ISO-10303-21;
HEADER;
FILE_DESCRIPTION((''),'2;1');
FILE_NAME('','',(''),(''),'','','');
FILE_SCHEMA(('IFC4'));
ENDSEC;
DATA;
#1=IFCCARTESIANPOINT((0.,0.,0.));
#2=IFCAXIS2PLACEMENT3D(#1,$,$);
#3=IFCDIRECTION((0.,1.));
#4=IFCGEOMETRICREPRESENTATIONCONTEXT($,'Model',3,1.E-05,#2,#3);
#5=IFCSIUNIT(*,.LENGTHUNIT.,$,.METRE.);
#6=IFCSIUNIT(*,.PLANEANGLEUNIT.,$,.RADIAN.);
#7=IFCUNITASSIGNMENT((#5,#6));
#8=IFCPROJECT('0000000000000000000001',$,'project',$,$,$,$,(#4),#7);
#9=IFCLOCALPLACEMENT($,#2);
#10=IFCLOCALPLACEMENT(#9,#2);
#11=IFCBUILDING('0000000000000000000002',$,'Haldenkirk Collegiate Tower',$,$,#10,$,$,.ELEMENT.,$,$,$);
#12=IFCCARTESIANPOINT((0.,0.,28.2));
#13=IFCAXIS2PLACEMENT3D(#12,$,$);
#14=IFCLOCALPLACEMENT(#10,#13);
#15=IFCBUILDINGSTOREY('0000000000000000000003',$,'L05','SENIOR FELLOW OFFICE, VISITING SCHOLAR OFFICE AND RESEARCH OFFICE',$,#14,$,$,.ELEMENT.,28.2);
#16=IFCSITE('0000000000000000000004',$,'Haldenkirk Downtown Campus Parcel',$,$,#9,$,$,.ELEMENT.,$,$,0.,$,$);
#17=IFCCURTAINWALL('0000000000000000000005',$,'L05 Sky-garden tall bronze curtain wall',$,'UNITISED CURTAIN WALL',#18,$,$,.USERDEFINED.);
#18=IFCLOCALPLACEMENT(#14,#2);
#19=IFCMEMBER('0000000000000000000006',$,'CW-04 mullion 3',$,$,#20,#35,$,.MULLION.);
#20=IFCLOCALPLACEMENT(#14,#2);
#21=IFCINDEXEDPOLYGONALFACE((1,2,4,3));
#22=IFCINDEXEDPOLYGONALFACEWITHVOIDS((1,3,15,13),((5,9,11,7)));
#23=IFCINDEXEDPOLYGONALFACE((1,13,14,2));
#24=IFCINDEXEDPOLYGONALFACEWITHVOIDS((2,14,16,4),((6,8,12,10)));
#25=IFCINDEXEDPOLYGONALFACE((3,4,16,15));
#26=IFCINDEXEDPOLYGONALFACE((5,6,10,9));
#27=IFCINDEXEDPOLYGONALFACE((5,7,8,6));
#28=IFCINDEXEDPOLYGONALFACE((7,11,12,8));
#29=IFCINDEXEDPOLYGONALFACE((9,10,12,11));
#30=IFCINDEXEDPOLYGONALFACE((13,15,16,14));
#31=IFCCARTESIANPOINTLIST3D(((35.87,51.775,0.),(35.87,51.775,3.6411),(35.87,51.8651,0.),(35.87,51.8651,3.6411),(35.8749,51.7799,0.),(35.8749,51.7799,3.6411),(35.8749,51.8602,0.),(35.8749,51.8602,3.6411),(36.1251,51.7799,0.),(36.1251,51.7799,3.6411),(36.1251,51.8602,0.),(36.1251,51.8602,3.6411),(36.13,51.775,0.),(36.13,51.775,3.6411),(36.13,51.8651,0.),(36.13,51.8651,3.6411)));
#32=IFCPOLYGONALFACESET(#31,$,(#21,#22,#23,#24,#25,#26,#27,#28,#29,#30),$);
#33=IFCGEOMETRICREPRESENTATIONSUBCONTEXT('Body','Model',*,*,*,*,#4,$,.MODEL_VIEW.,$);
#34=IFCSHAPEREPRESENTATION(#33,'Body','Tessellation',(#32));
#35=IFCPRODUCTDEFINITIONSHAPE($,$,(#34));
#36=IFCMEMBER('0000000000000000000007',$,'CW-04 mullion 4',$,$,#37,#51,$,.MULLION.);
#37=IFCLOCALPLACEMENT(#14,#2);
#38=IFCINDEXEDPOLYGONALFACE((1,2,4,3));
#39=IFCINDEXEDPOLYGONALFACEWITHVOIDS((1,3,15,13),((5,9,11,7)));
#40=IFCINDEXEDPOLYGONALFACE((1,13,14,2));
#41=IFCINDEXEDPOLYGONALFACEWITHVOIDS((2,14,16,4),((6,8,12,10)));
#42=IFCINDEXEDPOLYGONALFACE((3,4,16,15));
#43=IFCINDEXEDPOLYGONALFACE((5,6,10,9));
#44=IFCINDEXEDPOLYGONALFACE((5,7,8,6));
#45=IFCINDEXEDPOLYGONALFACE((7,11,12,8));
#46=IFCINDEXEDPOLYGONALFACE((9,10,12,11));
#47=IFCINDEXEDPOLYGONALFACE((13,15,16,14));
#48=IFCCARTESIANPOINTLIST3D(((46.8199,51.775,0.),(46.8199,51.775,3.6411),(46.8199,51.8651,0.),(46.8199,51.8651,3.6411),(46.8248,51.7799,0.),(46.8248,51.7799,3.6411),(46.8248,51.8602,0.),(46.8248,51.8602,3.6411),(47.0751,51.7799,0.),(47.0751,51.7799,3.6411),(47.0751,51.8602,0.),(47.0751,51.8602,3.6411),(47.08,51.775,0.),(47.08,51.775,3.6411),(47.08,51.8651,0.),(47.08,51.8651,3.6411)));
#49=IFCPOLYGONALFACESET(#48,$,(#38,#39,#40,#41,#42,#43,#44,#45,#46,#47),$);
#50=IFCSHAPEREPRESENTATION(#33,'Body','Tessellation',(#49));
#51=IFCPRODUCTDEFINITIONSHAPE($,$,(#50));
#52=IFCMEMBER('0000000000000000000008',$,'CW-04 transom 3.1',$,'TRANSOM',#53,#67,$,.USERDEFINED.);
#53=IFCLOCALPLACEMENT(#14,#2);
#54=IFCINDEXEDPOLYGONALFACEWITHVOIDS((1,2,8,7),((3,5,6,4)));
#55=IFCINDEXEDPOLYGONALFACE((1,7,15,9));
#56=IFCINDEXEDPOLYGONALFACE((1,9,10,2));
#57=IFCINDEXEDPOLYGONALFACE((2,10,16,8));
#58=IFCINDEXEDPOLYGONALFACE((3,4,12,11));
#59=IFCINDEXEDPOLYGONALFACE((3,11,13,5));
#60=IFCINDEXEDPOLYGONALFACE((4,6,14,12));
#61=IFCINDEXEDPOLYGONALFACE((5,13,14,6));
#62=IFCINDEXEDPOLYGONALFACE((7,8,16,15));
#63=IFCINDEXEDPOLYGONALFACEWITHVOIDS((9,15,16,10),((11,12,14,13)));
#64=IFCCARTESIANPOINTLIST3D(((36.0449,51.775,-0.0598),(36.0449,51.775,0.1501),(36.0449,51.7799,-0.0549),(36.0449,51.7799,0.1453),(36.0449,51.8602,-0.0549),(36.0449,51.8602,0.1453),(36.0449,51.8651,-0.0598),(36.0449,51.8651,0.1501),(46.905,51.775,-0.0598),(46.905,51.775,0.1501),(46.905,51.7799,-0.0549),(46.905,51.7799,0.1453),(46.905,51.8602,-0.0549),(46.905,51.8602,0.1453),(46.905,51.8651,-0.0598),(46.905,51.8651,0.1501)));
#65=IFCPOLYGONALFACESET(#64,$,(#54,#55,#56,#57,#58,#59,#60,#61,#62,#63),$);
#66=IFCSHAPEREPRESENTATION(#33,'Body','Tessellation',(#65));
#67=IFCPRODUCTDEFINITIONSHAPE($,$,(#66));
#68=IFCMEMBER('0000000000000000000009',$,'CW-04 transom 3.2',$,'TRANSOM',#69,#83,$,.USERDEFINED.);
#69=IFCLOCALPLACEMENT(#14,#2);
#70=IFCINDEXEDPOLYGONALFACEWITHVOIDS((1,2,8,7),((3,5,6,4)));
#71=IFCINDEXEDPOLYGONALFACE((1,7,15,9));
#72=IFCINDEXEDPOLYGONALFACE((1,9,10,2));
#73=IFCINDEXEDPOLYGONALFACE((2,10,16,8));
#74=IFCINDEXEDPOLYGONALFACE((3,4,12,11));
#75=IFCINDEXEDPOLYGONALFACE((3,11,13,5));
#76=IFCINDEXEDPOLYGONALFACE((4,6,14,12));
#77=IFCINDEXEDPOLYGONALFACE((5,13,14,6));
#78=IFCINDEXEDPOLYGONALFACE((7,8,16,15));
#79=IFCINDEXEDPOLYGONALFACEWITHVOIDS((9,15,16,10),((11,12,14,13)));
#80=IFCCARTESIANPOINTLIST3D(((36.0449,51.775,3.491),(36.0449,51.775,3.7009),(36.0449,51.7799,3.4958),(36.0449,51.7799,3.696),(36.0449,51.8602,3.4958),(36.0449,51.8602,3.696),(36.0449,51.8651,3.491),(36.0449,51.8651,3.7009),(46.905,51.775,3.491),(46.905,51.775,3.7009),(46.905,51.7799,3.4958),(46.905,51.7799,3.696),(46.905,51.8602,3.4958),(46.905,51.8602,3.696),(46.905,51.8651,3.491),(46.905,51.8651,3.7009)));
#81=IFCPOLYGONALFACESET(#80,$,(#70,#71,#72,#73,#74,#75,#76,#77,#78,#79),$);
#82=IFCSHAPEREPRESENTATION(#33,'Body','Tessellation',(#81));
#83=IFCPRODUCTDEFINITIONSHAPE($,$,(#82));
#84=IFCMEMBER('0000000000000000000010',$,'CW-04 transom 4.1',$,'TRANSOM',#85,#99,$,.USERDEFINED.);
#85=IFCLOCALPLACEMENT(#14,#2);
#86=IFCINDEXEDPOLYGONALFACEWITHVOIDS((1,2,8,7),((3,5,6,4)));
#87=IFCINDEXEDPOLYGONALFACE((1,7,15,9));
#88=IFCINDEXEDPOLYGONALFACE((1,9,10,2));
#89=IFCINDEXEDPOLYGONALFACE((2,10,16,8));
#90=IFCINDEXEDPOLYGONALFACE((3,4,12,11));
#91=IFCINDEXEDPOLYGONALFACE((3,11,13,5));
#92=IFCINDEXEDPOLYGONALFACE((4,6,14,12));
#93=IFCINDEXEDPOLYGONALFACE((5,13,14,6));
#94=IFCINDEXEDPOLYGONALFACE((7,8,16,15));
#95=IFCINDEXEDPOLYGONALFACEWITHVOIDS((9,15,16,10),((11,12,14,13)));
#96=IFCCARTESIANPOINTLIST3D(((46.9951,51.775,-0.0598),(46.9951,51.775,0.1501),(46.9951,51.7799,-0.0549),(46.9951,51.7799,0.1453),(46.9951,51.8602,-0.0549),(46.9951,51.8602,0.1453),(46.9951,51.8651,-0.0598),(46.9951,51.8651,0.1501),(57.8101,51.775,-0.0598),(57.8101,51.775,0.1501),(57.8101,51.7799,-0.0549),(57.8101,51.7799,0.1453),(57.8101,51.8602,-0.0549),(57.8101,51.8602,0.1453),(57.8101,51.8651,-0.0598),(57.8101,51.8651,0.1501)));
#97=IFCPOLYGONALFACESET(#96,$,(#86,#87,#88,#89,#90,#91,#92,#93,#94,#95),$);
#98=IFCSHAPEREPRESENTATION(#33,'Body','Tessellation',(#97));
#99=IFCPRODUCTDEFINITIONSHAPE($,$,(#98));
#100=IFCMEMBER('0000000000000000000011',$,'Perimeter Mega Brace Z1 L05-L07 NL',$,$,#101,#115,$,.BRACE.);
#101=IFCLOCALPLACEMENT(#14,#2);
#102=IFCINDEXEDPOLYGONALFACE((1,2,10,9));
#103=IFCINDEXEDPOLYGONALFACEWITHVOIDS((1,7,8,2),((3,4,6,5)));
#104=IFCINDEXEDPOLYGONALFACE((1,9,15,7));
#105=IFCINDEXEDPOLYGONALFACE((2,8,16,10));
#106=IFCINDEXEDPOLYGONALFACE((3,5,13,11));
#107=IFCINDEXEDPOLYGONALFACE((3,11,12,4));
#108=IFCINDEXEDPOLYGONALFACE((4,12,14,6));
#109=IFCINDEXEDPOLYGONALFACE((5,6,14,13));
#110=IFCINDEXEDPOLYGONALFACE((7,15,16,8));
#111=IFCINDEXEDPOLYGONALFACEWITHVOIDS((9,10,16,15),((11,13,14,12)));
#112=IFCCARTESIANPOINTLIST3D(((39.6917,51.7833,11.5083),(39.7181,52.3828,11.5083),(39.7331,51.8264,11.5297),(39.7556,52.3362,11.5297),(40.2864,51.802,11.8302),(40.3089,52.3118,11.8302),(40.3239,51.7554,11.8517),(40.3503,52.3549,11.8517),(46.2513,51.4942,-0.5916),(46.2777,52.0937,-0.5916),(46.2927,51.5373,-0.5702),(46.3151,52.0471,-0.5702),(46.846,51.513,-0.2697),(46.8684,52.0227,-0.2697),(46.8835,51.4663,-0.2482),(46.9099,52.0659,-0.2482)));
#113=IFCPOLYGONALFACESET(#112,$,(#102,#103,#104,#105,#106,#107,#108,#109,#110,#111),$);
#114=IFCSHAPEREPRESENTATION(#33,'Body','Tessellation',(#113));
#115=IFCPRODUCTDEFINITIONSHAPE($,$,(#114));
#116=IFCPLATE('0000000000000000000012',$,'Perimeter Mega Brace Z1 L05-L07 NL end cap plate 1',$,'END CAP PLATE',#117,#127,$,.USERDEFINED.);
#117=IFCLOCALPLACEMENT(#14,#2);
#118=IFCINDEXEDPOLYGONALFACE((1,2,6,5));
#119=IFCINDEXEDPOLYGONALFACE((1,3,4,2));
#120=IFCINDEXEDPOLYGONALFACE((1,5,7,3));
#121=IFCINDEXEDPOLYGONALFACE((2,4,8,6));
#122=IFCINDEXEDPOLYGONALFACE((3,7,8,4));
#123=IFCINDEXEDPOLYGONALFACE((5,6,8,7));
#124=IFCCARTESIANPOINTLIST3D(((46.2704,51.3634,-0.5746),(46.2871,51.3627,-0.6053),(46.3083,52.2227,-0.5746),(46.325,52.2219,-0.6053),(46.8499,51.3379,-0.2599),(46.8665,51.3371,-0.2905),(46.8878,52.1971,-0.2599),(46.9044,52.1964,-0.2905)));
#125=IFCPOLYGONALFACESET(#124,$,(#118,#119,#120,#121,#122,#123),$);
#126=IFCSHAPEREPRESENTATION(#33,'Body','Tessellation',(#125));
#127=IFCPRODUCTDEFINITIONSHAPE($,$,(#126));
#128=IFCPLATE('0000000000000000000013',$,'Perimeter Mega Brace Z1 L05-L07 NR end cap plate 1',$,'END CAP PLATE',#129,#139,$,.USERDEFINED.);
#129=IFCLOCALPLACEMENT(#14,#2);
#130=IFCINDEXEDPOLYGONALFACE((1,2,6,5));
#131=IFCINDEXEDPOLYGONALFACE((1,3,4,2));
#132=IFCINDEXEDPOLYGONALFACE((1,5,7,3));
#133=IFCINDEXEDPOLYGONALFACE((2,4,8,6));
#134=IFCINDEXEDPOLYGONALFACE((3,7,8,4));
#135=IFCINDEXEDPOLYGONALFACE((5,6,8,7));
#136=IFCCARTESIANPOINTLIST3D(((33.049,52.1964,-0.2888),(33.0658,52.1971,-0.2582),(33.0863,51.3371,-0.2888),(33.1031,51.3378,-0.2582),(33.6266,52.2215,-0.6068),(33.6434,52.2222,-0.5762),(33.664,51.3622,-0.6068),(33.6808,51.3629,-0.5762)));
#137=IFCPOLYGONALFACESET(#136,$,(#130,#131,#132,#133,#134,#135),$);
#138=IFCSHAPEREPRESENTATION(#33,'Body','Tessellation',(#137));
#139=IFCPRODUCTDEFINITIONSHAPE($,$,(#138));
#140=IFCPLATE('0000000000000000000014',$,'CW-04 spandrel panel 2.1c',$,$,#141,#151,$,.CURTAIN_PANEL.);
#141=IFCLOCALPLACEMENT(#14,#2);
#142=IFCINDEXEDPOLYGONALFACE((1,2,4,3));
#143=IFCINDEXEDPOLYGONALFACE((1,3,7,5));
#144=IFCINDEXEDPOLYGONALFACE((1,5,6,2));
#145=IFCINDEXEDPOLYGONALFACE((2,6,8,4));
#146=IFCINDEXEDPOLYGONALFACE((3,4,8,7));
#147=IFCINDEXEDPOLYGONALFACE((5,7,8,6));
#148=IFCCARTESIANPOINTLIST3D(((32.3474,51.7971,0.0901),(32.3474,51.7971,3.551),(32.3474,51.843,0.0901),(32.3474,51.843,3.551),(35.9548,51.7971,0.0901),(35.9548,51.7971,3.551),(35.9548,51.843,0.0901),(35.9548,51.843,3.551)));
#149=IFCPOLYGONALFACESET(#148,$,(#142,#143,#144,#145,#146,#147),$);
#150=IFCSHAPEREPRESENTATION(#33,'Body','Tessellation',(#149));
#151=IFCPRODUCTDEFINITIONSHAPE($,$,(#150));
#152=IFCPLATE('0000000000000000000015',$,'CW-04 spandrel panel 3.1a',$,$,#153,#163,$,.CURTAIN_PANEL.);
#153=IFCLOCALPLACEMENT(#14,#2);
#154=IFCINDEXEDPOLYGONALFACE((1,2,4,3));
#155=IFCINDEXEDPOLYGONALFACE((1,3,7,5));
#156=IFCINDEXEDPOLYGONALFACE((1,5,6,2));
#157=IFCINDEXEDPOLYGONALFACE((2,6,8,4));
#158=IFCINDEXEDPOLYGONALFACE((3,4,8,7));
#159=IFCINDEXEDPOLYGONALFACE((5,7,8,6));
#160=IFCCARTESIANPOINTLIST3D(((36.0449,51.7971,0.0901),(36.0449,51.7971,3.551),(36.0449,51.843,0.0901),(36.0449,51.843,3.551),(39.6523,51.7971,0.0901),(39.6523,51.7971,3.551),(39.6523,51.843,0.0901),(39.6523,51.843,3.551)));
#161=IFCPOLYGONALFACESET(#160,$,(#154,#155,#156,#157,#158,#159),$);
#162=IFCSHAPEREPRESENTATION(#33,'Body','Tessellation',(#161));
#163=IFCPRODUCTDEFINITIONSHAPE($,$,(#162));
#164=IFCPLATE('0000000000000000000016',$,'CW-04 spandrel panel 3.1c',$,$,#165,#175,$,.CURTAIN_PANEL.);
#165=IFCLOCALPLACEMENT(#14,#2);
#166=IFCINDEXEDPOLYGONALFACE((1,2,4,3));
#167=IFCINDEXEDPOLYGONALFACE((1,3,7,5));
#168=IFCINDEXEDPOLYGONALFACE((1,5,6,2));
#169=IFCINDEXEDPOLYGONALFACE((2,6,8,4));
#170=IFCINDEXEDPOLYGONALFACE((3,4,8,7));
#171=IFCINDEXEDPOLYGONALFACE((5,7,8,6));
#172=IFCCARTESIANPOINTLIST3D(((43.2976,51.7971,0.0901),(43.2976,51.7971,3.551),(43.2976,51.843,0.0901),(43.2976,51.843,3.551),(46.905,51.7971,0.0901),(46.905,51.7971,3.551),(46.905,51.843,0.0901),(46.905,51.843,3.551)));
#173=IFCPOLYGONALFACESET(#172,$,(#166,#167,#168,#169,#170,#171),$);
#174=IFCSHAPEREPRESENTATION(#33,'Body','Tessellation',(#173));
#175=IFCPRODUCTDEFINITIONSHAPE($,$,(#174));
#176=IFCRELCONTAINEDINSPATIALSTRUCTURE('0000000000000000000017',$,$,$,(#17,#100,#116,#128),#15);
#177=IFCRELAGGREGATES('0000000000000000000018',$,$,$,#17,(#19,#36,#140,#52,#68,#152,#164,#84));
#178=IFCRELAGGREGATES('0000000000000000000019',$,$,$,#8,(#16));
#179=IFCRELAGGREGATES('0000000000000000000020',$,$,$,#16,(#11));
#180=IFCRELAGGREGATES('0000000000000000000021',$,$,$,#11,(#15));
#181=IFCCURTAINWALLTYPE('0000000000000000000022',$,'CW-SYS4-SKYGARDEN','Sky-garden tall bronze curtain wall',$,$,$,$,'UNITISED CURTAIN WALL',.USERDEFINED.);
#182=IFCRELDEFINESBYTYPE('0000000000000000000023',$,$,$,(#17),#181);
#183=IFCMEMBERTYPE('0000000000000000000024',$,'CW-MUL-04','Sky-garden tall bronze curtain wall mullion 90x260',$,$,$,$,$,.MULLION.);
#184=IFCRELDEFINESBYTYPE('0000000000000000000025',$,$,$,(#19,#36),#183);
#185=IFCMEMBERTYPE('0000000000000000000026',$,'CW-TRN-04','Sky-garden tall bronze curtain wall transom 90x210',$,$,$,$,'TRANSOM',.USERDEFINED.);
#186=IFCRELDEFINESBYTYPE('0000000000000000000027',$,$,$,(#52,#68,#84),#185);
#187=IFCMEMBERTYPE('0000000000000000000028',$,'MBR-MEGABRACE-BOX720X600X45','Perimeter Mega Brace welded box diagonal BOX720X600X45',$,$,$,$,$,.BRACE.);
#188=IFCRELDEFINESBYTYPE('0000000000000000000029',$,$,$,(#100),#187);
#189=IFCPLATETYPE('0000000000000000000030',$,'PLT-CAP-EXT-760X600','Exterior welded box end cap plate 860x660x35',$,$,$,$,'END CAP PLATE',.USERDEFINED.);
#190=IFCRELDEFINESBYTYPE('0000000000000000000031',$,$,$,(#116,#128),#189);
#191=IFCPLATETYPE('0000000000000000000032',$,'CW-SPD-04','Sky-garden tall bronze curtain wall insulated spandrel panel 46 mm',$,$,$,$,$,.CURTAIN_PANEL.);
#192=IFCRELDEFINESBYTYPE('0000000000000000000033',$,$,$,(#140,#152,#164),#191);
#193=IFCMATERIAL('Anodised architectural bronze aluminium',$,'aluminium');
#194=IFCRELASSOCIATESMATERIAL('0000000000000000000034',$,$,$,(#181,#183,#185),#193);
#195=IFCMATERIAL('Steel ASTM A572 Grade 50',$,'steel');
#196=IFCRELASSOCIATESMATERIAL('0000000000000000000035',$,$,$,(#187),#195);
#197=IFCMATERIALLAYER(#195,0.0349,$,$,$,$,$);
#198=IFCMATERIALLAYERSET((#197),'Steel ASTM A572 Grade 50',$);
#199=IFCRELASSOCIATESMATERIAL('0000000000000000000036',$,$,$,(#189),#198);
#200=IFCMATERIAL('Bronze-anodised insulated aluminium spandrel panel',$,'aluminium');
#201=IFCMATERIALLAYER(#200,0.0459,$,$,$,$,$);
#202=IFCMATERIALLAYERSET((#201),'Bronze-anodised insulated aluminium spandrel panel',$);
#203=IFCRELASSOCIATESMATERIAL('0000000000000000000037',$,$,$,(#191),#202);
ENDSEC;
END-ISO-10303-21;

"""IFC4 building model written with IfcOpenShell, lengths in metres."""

from ifc_helpers import new_model, si_unit, direction, frame, origin, origin_2d, place, context, subcontext, project, spatial, rectangle, hollow_rectangle, extrude, source, transform, mapped, material, layer, layer_set, material_profile, profile_set, type_object, element, aggregate, save


model = new_model("IFC4")

# Units and contexts
model_context = context("Model", 3, precision=1e-05, world=origin(), true_north=direction((0.0, 1.0)))
body_context = subcontext(model_context, "Body", "Model", "MODEL_VIEW")
ifc_project = project(units=[si_unit("LENGTHUNIT", "METRE"), si_unit("PLANEANGLEUNIT", "RADIAN")], contexts=[model_context])

# Site, building, storey
site_placement = place(None, origin())
site = spatial("IfcSite", under=ifc_project, at=site_placement, Name="Haldenkirk Downtown Campus Parcel", CompositionType="ELEMENT", RefElevation=0.0)
building_placement = place(site_placement, origin())
building = spatial("IfcBuilding", under=site, at=building_placement, Name="Haldenkirk Collegiate Tower", CompositionType="ELEMENT")
storey_placement = place(building_placement, frame((0.0, 0.0, 28.2)))
storey = spatial("IfcBuildingStorey", under=building, at=storey_placement, Name="L05", Description="SENIOR FELLOW OFFICE, VISITING SCHOLAR OFFICE AND RESEARCH OFFICE", CompositionType="ELEMENT", Elevation=28.2)

# Curtain wall, members
ifc_material_1 = material(Name="Anodised architectural bronze aluminium", Category="aluminium")
curtain_wall_type = type_object("IfcCurtainWallType", Name="CW-SYS4-SKYGARDEN", Description="Sky-garden tall bronze curtain wall", ElementType="UNITISED CURTAIN WALL", PredefinedType="USERDEFINED", material=ifc_material_1)
curtain_wall_placement = place(storey_placement, origin())
curtain_wall = element("IfcCurtainWall", 1, at=curtain_wall_placement, inside=storey, type_object=curtain_wall_type, Name="L05 Sky-garden tall bronze curtain wall", ObjectType="UNITISED CURTAIN WALL", PredefinedType="USERDEFINED")
ifc_material_profile_1 = material_profile(ifc_material_1, hollow_rectangle(XDim=0.0901, YDim=0.26, WallThickness=0.0049, at=origin_2d()), Name="CW-MUL-04")
ifc_profile_set_1 = profile_set([ifc_material_profile_1], Name="Anodised architectural bronze aluminium")
member_type_1 = type_object("IfcMemberType", Name="CW-MUL-04", Description="Sky-garden tall bronze curtain wall mullion 90x260", PredefinedType="MULLION", material=ifc_profile_set_1)
member_1_placement = place(storey_placement, frame((36.0, 51.8201, 0.0), z_axis=(0.0, 0.0, 1.0), x_axis=(0.0, 1.0, 0.0)))
member_1 = element("IfcMember", 2, at=member_1_placement, type_object=member_type_1, Name="CW-04 mullion 3", PredefinedType="MULLION", context=body_context, shape_type="SweptSolid", body=[
    extrude(hollow_rectangle(XDim=0.0901, YDim=0.26, WallThickness=0.0049, at=origin_2d()), origin(), (0.0, 0.0, 1.0), 3.6411),
])
member_2_placement = place(storey_placement, frame((46.95, 51.8201, 0.0), z_axis=(0.0, 0.0, 1.0), x_axis=(0.0, 1.0, 0.0)))
member_2 = element("IfcMember", 3, at=member_2_placement, type_object=member_type_1, Name="CW-04 mullion 4", PredefinedType="MULLION", context=body_context, shape_type="SweptSolid", body=[
    extrude(hollow_rectangle(XDim=0.0901, YDim=0.26, WallThickness=0.0049, at=origin_2d()), origin(), (0.0, 0.0, 1.0), 3.6411),
])
ifc_material_profile_2 = material_profile(ifc_material_1, hollow_rectangle(XDim=0.0901, YDim=0.21, WallThickness=0.0049, at=origin_2d()), Name="CW-TRN-04")
ifc_profile_set_2 = profile_set([ifc_material_profile_2], Name="Anodised architectural bronze aluminium")
member_type_2 = type_object("IfcMemberType", Name="CW-TRN-04", Description="Sky-garden tall bronze curtain wall transom 90x210", ElementType="TRANSOM", PredefinedType="USERDEFINED", material=ifc_profile_set_2)
member_3_placement = place(storey_placement, frame((36.0449, 51.8201, 0.0452), z_axis=(1.0, 0.0, 0.0), x_axis=(0.0, 1.0, 0.0)))
member_3 = element("IfcMember", 4, at=member_3_placement, type_object=member_type_2, Name="CW-04 transom 3.1", ObjectType="TRANSOM", PredefinedType="USERDEFINED", context=body_context, shape_type="SweptSolid", body=[
    extrude(hollow_rectangle(XDim=0.0901, YDim=0.21, WallThickness=0.0049, at=origin_2d()), origin(), (0.0, 0.0, 1.0), 10.8601),
])
member_4_placement = place(storey_placement, frame((36.0449, 51.8201, 3.5959), z_axis=(1.0, 0.0, 0.0), x_axis=(0.0, 1.0, 0.0)))
member_4 = element("IfcMember", 5, at=member_4_placement, type_object=member_type_2, Name="CW-04 transom 3.2", ObjectType="TRANSOM", PredefinedType="USERDEFINED", context=body_context, shape_type="SweptSolid", body=[
    extrude(hollow_rectangle(XDim=0.0901, YDim=0.21, WallThickness=0.0049, at=origin_2d()), origin(), (0.0, 0.0, 1.0), 10.8601),
])
member_5_placement = place(storey_placement, frame((46.9951, 51.8201, 0.0452), z_axis=(1.0, 0.0, 0.0), x_axis=(0.0, 1.0, 0.0)))
member_5 = element("IfcMember", 6, at=member_5_placement, type_object=member_type_2, Name="CW-04 transom 4.1", ObjectType="TRANSOM", PredefinedType="USERDEFINED", context=body_context, shape_type="SweptSolid", body=[
    extrude(hollow_rectangle(XDim=0.0901, YDim=0.21, WallThickness=0.0049, at=origin_2d()), origin(), (0.0, 0.0, 1.0), 10.8149),
])

# Member
ifc_material_2 = material(Name="Steel ASTM A572 Grade 50", Category="steel")
ifc_material_profile_3 = material_profile(ifc_material_2, hollow_rectangle(XDim=0.6001, YDim=0.72, WallThickness=0.0449, at=origin_2d()), Name="BOX720X600X45")
ifc_profile_set_3 = profile_set([ifc_material_profile_3], Name="Steel ASTM A572 Grade 50")
member_type_3 = type_object("IfcMemberType", Name="MBR-MEGABRACE-BOX720X600X45", Description="Perimeter Mega Brace welded box diagonal BOX720X600X45", PredefinedType="BRACE", material=ifc_profile_set_3)
member_6_placement = place(storey_placement, frame((46.5806, 51.78, -0.4199), z_axis=(-0.476486, 0.020997, 0.878931), x_axis=(-0.044025, -0.99903, 0.0)))
element("IfcMember", 7, at=member_6_placement, inside=storey, type_object=member_type_3, Name="Perimeter Mega Brace Z1 L05-L07 NL", PredefinedType="BRACE", context=body_context, shape_type="SweptSolid", body=[
    extrude(hollow_rectangle(XDim=0.6001, YDim=0.72, WallThickness=0.0449, at=origin_2d()), origin(), (0.0, 0.0, 1.0), 13.7666),
])

# Plates
ifc_layer_1 = layer(ifc_material_2, 0.0349)
ifc_layer_set_1 = layer_set([ifc_layer_1], Name="Steel ASTM A572 Grade 50")
plate_type_1 = type_object("IfcPlateType", Name="PLT-CAP-EXT-760X600", Description="Exterior welded box end cap plate 860x660x35", ElementType="END CAP PLATE", PredefinedType="USERDEFINED", material=ifc_layer_set_1)
shared_shape_1 = source(origin(), body_context, "Body", "SweptSolid", [
    extrude(rectangle(XDim=0.8601, YDim=0.6599, at=origin_2d()), origin(), (0.0, 0.0, 1.0), 0.0349),
])
for number, where, z_axis, x_axis, name in (
    (8, (46.5791, 51.7803, -0.4172), (0.476489, -0.021007, -0.87893), (0.044045, 0.99903, 0.0), "Perimeter Mega Brace Z1 L05-L07 NL end cap plate 1"),
    (9, (33.3733, 51.78, -0.4172), (-0.481468, -0.020942, -0.876213), (0.043455, -0.999055, 0.0), "Perimeter Mega Brace Z1 L05-L07 NR end cap plate 1"),
):
    element("IfcPlate", number, at=place(storey_placement, frame(where, z_axis=z_axis, x_axis=x_axis)), inside=storey, type_object=plate_type_1, Name=name, ObjectType="END CAP PLATE", PredefinedType="USERDEFINED", context=body_context, shape_type="MappedRepresentation", body=[
        mapped(shared_shape_1, transform((0.0, 0.0, 0.0), x_axis=(1.0, 0.0, 0.0), y_axis=(0.0, 1.0, 0.0), z_axis=(0.0, 0.0, 1.0), scale=1.0)),
    ])

# Plates
ifc_material_3 = material(Name="Bronze-anodised insulated aluminium spandrel panel", Category="aluminium")
ifc_layer_2 = layer(ifc_material_3, 0.0459)
ifc_layer_set_2 = layer_set([ifc_layer_2], Name="Bronze-anodised insulated aluminium spandrel panel")
plate_type_2 = type_object("IfcPlateType", Name="CW-SPD-04", Description="Sky-garden tall bronze curtain wall insulated spandrel panel 46 mm", PredefinedType="CURTAIN_PANEL", material=ifc_layer_set_2)
shared_shape_2 = source(origin(), body_context, "Body", "SweptSolid", [
    extrude(rectangle(XDim=3.6074, YDim=0.0459, at=origin_2d()), origin(), (0.0, 0.0, 1.0), 3.4609),
])
plate_1_placement = place(storey_placement, frame((34.1511, 51.8201, 0.0901), z_axis=(0.0, 0.0, 1.0), x_axis=(1.0, 0.0, 0.0)))
plate_1 = element("IfcPlate", 10, at=plate_1_placement, type_object=plate_type_2, Name="CW-04 spandrel panel 2.1c", PredefinedType="CURTAIN_PANEL", context=body_context, shape_type="MappedRepresentation", body=[
    mapped(shared_shape_2, transform((0.0, 0.0, 0.0), x_axis=(1.0, 0.0, 0.0), y_axis=(0.0, 1.0, 0.0), z_axis=(0.0, 0.0, 1.0), scale=1.0)),
])
plate_2_placement = place(storey_placement, frame((37.8486, 51.8201, 0.0901), z_axis=(0.0, 0.0, 1.0), x_axis=(1.0, 0.0, 0.0)))
plate_2 = element("IfcPlate", 11, at=plate_2_placement, type_object=plate_type_2, Name="CW-04 spandrel panel 3.1a", PredefinedType="CURTAIN_PANEL", context=body_context, shape_type="MappedRepresentation", body=[
    mapped(shared_shape_2, transform((0.0, 0.0, 0.0), x_axis=(1.0, 0.0, 0.0), y_axis=(0.0, 1.0, 0.0), z_axis=(0.0, 0.0, 1.0), scale=1.0)),
])
plate_3_placement = place(storey_placement, frame((45.1013, 51.8201, 0.0901), z_axis=(0.0, 0.0, 1.0), x_axis=(1.0, 0.0, 0.0)))
plate_3 = element("IfcPlate", 12, at=plate_3_placement, type_object=plate_type_2, Name="CW-04 spandrel panel 3.1c", PredefinedType="CURTAIN_PANEL", context=body_context, shape_type="MappedRepresentation", body=[
    mapped(shared_shape_2, transform((0.0, 0.0, 0.0), x_axis=(1.0, 0.0, 0.0), y_axis=(0.0, 1.0, 0.0), z_axis=(0.0, 0.0, 1.0), scale=1.0)),
])
aggregate(curtain_wall, [member_1, member_2, plate_1, member_3, member_4, plate_2, plate_3, member_5])

save(model, "model.ifc")
